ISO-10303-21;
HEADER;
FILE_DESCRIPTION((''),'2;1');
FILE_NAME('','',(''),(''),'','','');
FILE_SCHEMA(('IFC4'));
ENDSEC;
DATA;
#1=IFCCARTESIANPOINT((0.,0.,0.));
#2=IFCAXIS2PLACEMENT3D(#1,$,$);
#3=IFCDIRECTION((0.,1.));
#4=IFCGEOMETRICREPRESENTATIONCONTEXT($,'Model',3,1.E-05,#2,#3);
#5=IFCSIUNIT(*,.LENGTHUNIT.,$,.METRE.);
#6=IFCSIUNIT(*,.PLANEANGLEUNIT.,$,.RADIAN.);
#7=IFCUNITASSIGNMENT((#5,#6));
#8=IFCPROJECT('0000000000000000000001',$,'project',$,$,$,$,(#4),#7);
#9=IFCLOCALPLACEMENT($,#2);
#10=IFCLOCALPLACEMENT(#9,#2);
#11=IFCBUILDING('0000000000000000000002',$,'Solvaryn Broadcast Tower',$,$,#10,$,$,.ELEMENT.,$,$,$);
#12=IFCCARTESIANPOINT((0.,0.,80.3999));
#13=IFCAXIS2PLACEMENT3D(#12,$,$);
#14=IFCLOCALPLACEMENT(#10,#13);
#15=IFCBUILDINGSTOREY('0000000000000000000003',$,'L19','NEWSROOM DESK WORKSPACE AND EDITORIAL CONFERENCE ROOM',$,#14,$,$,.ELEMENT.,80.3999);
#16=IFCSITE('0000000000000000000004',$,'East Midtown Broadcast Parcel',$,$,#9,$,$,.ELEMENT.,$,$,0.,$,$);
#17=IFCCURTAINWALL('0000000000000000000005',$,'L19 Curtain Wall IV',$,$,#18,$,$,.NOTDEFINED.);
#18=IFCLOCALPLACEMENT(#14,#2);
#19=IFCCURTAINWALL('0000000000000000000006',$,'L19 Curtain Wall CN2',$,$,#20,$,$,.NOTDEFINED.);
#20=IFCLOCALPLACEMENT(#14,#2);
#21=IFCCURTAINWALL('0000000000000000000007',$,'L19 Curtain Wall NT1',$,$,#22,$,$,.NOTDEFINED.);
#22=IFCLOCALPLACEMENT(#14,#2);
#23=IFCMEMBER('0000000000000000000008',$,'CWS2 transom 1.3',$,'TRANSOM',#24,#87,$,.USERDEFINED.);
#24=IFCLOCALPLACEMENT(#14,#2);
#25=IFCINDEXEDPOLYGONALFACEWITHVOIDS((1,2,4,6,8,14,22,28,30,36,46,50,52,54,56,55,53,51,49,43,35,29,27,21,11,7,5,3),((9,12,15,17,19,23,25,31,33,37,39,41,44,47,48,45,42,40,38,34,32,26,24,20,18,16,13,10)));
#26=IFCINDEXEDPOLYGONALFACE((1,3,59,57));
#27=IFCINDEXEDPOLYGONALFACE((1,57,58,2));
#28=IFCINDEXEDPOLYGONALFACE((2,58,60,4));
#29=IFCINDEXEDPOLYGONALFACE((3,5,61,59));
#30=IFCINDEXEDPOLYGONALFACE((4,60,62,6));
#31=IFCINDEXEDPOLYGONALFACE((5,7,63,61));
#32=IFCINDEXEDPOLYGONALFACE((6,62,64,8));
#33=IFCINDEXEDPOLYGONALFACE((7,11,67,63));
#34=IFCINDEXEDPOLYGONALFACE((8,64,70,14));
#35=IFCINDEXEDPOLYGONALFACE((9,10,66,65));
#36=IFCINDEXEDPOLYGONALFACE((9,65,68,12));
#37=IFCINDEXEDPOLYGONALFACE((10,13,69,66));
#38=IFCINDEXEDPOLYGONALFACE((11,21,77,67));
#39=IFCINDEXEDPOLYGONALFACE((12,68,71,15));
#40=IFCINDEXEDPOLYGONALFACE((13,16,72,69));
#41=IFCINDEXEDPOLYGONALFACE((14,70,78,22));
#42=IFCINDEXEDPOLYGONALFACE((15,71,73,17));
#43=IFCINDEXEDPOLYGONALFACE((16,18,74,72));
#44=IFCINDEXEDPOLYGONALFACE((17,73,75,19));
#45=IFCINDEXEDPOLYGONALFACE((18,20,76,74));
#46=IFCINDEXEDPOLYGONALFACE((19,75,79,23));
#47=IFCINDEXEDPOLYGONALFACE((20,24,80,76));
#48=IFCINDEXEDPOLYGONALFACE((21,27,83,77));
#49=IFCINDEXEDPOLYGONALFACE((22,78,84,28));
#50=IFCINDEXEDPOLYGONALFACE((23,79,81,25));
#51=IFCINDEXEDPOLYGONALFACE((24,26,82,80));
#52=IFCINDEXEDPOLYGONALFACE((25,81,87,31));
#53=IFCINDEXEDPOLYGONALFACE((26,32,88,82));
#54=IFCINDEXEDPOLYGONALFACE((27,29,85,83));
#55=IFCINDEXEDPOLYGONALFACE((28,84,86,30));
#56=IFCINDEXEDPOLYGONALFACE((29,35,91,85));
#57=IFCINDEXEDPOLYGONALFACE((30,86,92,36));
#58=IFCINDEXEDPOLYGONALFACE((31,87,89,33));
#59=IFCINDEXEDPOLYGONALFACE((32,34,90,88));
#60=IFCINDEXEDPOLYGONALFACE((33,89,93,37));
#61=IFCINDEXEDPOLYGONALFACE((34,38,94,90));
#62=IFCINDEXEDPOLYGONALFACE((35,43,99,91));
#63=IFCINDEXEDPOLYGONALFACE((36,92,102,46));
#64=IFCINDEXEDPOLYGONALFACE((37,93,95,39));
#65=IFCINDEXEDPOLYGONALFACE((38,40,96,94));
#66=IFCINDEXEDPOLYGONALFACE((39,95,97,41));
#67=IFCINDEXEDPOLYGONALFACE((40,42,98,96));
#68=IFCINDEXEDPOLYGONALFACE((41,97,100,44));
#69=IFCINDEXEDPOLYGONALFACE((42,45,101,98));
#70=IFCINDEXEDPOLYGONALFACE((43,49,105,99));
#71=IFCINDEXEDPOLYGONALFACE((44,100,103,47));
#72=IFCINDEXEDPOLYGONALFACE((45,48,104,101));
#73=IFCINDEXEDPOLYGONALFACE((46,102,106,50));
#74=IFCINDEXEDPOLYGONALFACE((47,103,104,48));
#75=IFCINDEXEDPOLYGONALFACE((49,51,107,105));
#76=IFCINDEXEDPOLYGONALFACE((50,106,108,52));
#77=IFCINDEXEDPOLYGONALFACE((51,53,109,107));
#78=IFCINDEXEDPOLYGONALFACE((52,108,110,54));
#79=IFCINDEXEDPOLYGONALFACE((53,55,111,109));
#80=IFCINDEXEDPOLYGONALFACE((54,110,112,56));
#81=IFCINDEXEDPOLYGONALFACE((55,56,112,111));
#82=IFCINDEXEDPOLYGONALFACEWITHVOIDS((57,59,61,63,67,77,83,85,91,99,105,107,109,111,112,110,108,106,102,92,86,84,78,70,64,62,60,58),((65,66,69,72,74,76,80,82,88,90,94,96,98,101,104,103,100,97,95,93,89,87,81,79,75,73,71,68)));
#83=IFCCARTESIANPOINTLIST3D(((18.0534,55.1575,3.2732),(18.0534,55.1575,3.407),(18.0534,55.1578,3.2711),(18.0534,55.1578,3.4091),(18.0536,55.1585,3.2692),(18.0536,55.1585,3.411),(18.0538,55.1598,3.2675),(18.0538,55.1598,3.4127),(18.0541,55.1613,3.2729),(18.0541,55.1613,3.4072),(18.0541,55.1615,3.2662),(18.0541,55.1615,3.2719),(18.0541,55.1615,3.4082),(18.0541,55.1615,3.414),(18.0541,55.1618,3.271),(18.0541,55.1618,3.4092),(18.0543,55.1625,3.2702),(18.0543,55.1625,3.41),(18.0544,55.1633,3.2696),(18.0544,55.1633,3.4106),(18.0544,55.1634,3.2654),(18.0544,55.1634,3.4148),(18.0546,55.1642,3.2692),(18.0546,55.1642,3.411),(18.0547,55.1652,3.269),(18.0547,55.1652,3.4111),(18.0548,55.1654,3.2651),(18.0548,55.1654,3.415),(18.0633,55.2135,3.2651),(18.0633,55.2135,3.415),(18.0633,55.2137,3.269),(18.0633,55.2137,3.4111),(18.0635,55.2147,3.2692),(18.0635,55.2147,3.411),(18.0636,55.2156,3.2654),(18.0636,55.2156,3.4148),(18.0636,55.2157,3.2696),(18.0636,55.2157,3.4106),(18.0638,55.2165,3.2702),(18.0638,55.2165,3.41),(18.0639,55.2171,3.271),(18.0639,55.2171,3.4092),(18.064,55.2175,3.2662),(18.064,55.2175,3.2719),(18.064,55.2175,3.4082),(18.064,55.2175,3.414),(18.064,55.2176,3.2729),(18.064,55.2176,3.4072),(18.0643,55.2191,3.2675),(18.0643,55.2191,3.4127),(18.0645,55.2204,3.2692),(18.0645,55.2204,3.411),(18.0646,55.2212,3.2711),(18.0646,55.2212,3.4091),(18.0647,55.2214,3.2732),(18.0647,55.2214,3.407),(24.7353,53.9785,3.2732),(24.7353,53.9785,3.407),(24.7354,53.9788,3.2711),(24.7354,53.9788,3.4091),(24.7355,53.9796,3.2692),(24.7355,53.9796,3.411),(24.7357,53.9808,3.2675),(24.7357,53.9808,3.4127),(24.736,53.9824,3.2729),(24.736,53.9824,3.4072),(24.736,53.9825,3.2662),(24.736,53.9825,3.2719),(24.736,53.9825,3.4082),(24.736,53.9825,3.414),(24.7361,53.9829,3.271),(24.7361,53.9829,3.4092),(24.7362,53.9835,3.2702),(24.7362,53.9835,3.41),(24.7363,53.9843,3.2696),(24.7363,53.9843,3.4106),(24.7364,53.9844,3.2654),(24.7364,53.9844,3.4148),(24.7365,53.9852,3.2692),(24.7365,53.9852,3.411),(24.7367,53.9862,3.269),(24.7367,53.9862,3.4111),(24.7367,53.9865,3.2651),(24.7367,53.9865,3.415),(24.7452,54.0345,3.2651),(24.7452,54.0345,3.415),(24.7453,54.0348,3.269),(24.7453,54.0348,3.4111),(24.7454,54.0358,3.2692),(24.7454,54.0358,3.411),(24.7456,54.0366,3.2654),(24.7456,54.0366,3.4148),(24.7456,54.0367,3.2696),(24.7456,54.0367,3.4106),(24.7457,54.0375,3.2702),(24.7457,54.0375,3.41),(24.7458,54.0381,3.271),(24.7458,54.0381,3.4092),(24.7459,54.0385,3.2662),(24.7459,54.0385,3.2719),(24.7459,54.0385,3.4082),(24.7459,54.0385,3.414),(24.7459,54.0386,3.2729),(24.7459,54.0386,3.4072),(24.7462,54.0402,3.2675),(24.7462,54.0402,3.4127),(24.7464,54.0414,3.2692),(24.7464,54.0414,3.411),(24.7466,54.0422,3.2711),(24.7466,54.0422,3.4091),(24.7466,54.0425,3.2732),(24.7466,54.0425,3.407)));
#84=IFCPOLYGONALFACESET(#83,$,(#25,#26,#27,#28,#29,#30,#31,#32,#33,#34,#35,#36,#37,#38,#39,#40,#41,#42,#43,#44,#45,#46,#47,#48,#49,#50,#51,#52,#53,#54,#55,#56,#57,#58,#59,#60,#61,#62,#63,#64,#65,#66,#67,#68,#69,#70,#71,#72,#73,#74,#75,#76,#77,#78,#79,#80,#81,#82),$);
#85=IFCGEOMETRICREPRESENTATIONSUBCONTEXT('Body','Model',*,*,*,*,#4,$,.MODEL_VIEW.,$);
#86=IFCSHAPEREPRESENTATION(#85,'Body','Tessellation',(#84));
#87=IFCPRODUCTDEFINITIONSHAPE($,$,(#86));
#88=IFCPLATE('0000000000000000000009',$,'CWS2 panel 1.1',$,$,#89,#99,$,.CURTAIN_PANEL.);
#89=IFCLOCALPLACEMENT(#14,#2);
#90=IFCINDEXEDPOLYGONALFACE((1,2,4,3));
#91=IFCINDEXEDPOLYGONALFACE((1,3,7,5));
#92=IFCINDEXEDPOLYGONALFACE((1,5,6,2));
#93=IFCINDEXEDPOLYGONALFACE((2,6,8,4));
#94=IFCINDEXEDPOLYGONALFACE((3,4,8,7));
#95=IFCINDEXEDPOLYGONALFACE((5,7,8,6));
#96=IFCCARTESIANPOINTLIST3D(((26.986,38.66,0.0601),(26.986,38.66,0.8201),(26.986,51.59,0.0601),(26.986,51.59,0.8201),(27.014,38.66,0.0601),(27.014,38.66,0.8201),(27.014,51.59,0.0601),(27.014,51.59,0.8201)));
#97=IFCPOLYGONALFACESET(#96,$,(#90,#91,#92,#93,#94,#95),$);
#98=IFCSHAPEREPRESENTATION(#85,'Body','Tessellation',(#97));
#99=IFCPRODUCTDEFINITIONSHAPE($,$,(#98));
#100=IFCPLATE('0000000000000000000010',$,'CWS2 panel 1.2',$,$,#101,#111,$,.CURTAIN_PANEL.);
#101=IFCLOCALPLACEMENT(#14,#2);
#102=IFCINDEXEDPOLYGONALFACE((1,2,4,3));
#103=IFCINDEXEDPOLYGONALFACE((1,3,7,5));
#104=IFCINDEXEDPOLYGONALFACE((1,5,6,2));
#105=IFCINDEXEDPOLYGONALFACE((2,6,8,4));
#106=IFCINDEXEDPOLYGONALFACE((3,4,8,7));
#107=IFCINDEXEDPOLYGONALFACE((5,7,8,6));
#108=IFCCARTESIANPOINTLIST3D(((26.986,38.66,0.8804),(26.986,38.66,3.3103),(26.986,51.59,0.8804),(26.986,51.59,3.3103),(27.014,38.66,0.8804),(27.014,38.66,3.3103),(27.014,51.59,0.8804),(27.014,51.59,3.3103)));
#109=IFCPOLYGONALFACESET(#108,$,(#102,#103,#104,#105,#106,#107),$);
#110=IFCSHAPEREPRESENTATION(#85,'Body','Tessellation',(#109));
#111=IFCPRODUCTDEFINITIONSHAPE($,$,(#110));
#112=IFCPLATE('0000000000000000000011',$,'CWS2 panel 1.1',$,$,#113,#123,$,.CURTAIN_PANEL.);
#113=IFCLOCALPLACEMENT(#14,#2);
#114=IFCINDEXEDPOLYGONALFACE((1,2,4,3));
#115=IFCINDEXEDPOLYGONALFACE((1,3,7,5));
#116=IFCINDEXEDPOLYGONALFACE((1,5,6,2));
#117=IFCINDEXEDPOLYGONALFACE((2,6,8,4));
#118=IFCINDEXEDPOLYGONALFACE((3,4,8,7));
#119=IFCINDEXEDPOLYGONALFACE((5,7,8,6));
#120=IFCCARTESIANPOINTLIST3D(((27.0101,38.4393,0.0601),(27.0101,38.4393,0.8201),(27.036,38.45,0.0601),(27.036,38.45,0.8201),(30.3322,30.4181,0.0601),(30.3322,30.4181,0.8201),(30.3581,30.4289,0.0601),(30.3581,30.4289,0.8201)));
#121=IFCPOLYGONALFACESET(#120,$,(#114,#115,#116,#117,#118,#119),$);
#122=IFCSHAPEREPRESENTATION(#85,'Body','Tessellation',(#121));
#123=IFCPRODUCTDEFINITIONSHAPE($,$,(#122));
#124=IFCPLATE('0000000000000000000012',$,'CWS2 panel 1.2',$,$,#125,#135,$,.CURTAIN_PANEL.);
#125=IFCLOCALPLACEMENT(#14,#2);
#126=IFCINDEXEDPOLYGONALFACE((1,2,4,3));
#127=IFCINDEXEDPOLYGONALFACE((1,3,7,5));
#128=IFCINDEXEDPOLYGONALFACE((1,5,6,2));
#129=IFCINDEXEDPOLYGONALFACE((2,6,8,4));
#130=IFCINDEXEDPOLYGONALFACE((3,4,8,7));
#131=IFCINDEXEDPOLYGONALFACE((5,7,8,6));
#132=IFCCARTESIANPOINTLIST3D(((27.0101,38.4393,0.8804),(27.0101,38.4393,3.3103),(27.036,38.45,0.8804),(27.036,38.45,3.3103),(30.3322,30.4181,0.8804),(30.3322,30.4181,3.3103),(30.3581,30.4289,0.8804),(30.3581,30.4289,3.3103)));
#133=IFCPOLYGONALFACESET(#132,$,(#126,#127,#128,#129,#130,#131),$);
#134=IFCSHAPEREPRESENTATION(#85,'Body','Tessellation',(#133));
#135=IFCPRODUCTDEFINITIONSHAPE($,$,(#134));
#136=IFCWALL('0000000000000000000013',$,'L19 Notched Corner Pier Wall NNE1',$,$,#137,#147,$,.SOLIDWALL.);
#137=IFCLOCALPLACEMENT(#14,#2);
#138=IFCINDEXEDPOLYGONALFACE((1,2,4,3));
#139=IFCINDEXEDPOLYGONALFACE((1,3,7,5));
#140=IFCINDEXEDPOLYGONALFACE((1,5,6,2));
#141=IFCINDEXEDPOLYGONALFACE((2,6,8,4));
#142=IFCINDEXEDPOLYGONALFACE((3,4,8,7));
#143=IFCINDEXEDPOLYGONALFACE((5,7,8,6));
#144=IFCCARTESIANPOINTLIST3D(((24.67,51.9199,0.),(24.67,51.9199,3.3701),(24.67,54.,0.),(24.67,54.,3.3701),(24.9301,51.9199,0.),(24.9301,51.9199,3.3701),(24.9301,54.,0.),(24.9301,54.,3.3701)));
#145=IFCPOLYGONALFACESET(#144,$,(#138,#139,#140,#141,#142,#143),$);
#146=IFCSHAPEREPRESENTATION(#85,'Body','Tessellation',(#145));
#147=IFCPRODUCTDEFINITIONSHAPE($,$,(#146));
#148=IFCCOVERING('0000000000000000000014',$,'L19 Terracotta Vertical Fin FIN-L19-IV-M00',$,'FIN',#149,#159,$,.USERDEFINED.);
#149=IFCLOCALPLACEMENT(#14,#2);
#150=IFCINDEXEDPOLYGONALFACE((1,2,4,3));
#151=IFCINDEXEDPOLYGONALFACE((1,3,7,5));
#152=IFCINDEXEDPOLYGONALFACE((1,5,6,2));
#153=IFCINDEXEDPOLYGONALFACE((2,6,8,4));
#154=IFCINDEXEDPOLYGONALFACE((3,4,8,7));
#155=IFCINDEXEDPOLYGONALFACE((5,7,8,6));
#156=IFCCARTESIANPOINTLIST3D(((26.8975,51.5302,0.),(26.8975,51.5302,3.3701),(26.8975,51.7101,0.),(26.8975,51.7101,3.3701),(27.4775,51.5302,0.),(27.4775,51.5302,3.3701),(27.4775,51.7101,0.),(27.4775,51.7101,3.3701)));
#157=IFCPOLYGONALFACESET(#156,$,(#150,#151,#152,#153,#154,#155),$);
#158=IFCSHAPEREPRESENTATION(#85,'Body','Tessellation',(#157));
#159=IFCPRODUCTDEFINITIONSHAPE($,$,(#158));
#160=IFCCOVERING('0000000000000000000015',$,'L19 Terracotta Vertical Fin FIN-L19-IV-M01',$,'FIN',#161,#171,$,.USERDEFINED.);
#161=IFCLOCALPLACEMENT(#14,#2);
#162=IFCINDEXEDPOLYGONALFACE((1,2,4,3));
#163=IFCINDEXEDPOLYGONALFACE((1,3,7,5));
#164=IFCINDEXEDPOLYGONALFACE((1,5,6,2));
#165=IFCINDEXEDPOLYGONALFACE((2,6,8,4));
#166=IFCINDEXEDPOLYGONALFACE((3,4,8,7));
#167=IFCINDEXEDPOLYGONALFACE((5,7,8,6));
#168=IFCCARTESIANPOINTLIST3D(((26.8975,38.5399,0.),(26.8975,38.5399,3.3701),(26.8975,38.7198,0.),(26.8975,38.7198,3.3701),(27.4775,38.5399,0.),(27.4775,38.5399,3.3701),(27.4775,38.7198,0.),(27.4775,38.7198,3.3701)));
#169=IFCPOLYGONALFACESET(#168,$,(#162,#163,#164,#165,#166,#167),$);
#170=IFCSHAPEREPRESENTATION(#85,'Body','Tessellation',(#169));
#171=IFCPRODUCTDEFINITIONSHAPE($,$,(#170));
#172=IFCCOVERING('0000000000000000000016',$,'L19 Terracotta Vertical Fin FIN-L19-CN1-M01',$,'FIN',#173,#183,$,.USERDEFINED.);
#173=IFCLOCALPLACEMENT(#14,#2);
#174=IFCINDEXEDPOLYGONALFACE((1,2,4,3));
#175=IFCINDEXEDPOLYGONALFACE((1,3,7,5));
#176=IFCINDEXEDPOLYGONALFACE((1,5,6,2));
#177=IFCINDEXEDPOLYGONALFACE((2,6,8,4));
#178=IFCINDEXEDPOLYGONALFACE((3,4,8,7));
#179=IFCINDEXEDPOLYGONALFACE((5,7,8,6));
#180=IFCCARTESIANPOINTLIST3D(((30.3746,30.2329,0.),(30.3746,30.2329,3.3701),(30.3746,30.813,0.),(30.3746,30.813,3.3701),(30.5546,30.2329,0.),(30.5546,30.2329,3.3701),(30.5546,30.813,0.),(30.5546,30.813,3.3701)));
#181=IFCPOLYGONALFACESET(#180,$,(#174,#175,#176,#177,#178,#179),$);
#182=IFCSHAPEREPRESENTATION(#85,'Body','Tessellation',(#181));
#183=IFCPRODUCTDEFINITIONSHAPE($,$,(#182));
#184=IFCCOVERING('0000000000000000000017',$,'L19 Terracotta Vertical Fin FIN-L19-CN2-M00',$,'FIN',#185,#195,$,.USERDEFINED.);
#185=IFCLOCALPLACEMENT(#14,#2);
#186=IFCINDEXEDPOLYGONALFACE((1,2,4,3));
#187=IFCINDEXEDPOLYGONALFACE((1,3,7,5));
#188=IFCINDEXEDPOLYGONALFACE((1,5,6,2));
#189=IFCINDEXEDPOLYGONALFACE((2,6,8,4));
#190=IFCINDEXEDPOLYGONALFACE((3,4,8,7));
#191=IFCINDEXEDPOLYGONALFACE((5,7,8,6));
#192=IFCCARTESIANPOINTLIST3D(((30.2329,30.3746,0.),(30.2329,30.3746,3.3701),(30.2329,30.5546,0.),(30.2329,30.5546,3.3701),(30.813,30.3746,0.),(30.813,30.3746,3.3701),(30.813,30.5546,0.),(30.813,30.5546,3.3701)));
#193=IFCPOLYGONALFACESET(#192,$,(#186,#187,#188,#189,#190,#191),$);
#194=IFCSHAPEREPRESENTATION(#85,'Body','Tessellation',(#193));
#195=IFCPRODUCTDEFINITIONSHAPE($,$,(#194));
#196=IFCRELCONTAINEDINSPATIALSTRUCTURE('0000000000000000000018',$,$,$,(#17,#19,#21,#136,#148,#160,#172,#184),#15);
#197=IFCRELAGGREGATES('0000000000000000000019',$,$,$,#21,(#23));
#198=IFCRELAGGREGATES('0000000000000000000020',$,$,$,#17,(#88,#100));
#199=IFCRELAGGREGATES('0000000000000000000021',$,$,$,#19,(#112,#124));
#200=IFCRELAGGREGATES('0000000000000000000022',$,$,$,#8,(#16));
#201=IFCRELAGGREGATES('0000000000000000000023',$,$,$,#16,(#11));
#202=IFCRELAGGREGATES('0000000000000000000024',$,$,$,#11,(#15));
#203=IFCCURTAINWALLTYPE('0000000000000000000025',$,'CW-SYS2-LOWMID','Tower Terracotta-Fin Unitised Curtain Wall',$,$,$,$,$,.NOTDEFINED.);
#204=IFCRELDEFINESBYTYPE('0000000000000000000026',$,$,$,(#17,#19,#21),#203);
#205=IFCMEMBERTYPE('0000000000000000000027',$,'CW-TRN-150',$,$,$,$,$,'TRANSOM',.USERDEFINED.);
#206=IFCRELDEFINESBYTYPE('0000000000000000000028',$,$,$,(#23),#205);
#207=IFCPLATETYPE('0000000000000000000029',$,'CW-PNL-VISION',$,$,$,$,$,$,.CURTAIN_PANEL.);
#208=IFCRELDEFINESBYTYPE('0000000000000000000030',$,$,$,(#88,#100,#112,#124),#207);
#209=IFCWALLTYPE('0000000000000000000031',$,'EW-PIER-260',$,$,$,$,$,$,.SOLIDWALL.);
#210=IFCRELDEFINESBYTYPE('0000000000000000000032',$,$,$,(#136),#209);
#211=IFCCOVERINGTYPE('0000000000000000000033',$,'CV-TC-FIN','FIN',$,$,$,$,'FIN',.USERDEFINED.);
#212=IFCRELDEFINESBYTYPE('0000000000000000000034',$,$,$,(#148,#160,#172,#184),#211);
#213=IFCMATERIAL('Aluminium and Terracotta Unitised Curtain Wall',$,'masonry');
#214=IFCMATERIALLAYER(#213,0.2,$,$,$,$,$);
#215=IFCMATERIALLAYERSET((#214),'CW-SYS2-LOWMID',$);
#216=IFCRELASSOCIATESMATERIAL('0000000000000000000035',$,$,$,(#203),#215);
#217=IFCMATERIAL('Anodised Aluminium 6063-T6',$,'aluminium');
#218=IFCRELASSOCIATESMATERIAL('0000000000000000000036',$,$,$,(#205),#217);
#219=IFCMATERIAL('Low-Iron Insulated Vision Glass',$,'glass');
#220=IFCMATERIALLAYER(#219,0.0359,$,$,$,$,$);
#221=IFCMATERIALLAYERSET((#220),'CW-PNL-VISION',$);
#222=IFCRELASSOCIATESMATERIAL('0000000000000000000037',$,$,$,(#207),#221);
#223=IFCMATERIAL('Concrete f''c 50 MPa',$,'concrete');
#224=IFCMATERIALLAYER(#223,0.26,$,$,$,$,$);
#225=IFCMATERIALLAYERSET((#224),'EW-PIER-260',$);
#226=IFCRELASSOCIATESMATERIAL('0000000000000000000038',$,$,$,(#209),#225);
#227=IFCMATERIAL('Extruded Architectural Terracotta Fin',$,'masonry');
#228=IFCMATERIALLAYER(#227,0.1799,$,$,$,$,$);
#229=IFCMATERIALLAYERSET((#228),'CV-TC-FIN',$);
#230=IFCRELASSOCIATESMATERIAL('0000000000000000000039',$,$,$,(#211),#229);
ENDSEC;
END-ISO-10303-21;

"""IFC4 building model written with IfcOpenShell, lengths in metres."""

from ifc_helpers import new_model, si_unit, direction, frame, frame_2d, origin, origin_2d, place, context, subcontext, project, spatial, rectangle, hollow_rectangle, extrude, material, layer, layer_set, material_profile, profile_set, type_object, element, aggregate, save


model = new_model("IFC4")

# Units and contexts
model_context = context("Model", 3, precision=1e-05, world=origin(), true_north=direction((0.0, 1.0)))
body_context = subcontext(model_context, "Body", "Model", "MODEL_VIEW")
ifc_project = project(units=[si_unit("LENGTHUNIT", "METRE"), si_unit("PLANEANGLEUNIT", "RADIAN")], contexts=[model_context])

# Site, building, storey
site_placement = place(None, origin())
site = spatial("IfcSite", under=ifc_project, at=site_placement, Name="East Midtown Broadcast Parcel", CompositionType="ELEMENT", RefElevation=0.0)
building_placement = place(site_placement, origin())
building = spatial("IfcBuilding", under=site, at=building_placement, Name="Solvaryn Broadcast Tower", CompositionType="ELEMENT")
storey_placement = place(building_placement, frame((0.0, 0.0, 80.3999)))
storey = spatial("IfcBuildingStorey", under=building, at=storey_placement, Name="L19", Description="NEWSROOM DESK WORKSPACE AND EDITORIAL CONFERENCE ROOM", CompositionType="ELEMENT", Elevation=80.3999)

# Curtain wall
ifc_material_1 = material(Name="Aluminium and Terracotta Unitised Curtain Wall", Category="masonry")
ifc_layer_1 = layer(ifc_material_1, 0.2)
ifc_layer_set_1 = layer_set([ifc_layer_1], Name="CW-SYS2-LOWMID")
curtain_wall_type = type_object("IfcCurtainWallType", Name="CW-SYS2-LOWMID", Description="Tower Terracotta-Fin Unitised Curtain Wall", PredefinedType="NOTDEFINED", material=ifc_layer_set_1)
curtain_wall_1_placement = place(storey_placement, origin())
curtain_wall_1 = element("IfcCurtainWall", 1, at=curtain_wall_1_placement, inside=storey, type_object=curtain_wall_type, Name="L19 Curtain Wall IV", PredefinedType="NOTDEFINED")

# Curtain walls
curtain_wall_2_placement = place(storey_placement, origin())
curtain_wall_2 = element("IfcCurtainWall", 2, at=curtain_wall_2_placement, inside=storey, type_object=curtain_wall_type, Name="L19 Curtain Wall CN2", PredefinedType="NOTDEFINED")
curtain_wall_3_placement = place(storey_placement, origin())
curtain_wall_3 = element("IfcCurtainWall", 3, at=curtain_wall_3_placement, inside=storey, type_object=curtain_wall_type, Name="L19 Curtain Wall NT1", PredefinedType="NOTDEFINED")

# Member
ifc_material_2 = material(Name="Anodised Aluminium 6063-T6", Category="aluminium")
ifc_material_profile_1 = material_profile(ifc_material_2, hollow_rectangle(XDim=0.0649, YDim=0.1499, WallThickness=0.0039, InnerFilletRadius=0.0039, OuterFilletRadius=0.0081, at=origin_2d()))
ifc_profile_set_1 = profile_set([ifc_material_profile_1], Name="Anodised Aluminium 6063-T6")
member_type_1 = type_object("IfcMemberType", Name="CW-TRN-150", ElementType="TRANSOM", PredefinedType="USERDEFINED", material=ifc_profile_set_1)
member_1_placement = place(storey_placement, frame((24.741, 54.0105, 3.3401), z_axis=(-0.984789, 0.173757, 0.0), x_axis=(-0.173757, -0.984789, 0.0)))
member_1 = element("IfcMember", 4, at=member_1_placement, type_object=member_type_1, Name="CWS2 transom 1.3", ObjectType="TRANSOM", PredefinedType="USERDEFINED", context=body_context, shape_type="SweptSolid", body=[
    extrude(hollow_rectangle(XDim=0.0649, YDim=0.1499, WallThickness=0.0039, InnerFilletRadius=0.0039, OuterFilletRadius=0.0081, at=origin_2d()), origin(), (0.0, 0.0, 1.0), 6.7852),
])
aggregate(curtain_wall_3, [member_1])

# Plates
ifc_material_3 = material(Name="Low-Iron Insulated Vision Glass", Category="glass")
ifc_layer_2 = layer(ifc_material_3, 0.0359)
ifc_layer_set_2 = layer_set([ifc_layer_2], Name="CW-PNL-VISION")
plate_type = type_object("IfcPlateType", Name="CW-PNL-VISION", PredefinedType="CURTAIN_PANEL", material=ifc_layer_set_2)
plate_1_placement = place(storey_placement, frame((27.0, 45.125, 0.0601), z_axis=(0.0, 0.0, 1.0), x_axis=(0.0, -1.0, 0.0)))
plate_1 = element("IfcPlate", 5, at=plate_1_placement, type_object=plate_type, Name="CWS2 panel 1.1", PredefinedType="CURTAIN_PANEL", context=body_context, shape_type="SweptSolid", body=[
    extrude(rectangle(XDim=12.9299, YDim=0.0281, at=origin_2d()), origin(), (0.0, 0.0, 1.0), 0.76),
])
plate_2_placement = place(storey_placement, frame((27.0, 45.125, 0.8804), z_axis=(0.0, 0.0, 1.0), x_axis=(0.0, -1.0, 0.0)))
plate_2 = element("IfcPlate", 6, at=plate_2_placement, type_object=plate_type, Name="CWS2 panel 1.2", PredefinedType="CURTAIN_PANEL", context=body_context, shape_type="SweptSolid", body=[
    extrude(rectangle(XDim=12.9299, YDim=0.0281, at=origin_2d()), origin(), (0.0, 0.0, 1.0), 2.4299),
])
aggregate(curtain_wall_1, [plate_1, plate_2])
plate_3_placement = place(storey_placement, frame((28.6841, 34.4341, 0.0601), z_axis=(0.0, 0.0, 1.0), x_axis=(-0.382646, 0.923895, 0.0)))
plate_3 = element("IfcPlate", 7, at=plate_3_placement, type_object=plate_type, Name="CWS2 panel 1.1", PredefinedType="CURTAIN_PANEL", context=body_context, shape_type="SweptSolid", body=[
    extrude(rectangle(XDim=8.6819, YDim=0.0281, at=origin_2d()), origin(), (0.0, 0.0, 1.0), 0.76),
])
plate_4_placement = place(storey_placement, frame((28.6841, 34.4341, 0.8804), z_axis=(0.0, 0.0, 1.0), x_axis=(-0.382646, 0.923895, 0.0)))
plate_4 = element("IfcPlate", 8, at=plate_4_placement, type_object=plate_type, Name="CWS2 panel 1.2", PredefinedType="CURTAIN_PANEL", context=body_context, shape_type="SweptSolid", body=[
    extrude(rectangle(XDim=8.6819, YDim=0.0281, at=origin_2d()), origin(), (0.0, 0.0, 1.0), 2.4299),
])
aggregate(curtain_wall_2, [plate_3, plate_4])

# Wall
ifc_material_4 = material(Name="Concrete f'c 50 MPa", Category="concrete")
ifc_layer_3 = layer(ifc_material_4, 0.26)
ifc_layer_set_3 = layer_set([ifc_layer_3], Name="EW-PIER-260")
wall_type_1 = type_object("IfcWallType", Name="EW-PIER-260", PredefinedType="SOLIDWALL", material=ifc_layer_set_3)
wall_1_placement = place(storey_placement, frame((24.8, 54.0, 0.0), z_axis=(0.0, 0.0, 1.0), x_axis=(0.0, -1.0, 0.0)))
element("IfcWall", 9, at=wall_1_placement, inside=storey, type_object=wall_type_1, Name="L19 Notched Corner Pier Wall NNE1", PredefinedType="SOLIDWALL", context=body_context, shape_type="SweptSolid", body=[
    extrude(rectangle(XDim=2.0801, YDim=0.26, at=frame_2d((1.04, 0.0))), origin(), (0.0, 0.0, 1.0), 3.3701),
])

# Coverings
ifc_material_5 = material(Name="Extruded Architectural Terracotta Fin", Category="masonry")
ifc_layer_4 = layer(ifc_material_5, 0.1799)
ifc_layer_set_4 = layer_set([ifc_layer_4], Name="CV-TC-FIN")
covering_type = type_object("IfcCoveringType", Name="CV-TC-FIN", Description="FIN", ElementType="FIN", PredefinedType="USERDEFINED", material=ifc_layer_set_4)
for number, where, z_axis, x_axis, name in (
    (10, (27.1875, 51.6201, 0.0), (0.0, 0.0, 1.0), (1.0, 0.0, 0.0), "L19 Terracotta Vertical Fin FIN-L19-IV-M00"),
    (11, (27.1875, 38.6299, 0.0), (0.0, 0.0, 1.0), (1.0, 0.0, 0.0), "L19 Terracotta Vertical Fin FIN-L19-IV-M01"),
):
    element("IfcCovering", number, at=place(storey_placement, frame(where, z_axis=z_axis, x_axis=x_axis)), inside=storey, type_object=covering_type, Name=name, ObjectType="FIN", PredefinedType="USERDEFINED", context=body_context, shape_type="SweptSolid", body=[
        extrude(rectangle(XDim=0.5801, YDim=0.1799, at=origin_2d()), origin(), (0.0, 0.0, 1.0), 3.3701),
    ])
covering_1_placement = place(storey_placement, frame((30.4646, 30.5229, 0.0), z_axis=(0.0, 0.0, 1.0), x_axis=(1.0, 0.0, 0.0)))
element("IfcCovering", 12, at=covering_1_placement, inside=storey, type_object=covering_type, Name="L19 Terracotta Vertical Fin FIN-L19-CN1-M01", ObjectType="FIN", PredefinedType="USERDEFINED", context=body_context, shape_type="SweptSolid", body=[
    extrude(rectangle(XDim=0.1799, YDim=0.5801, at=origin_2d()), origin(), (0.0, 0.0, 1.0), 3.3701),
])
for number, where, z_axis, x_axis, name in (
    (13, (30.5229, 30.4646, 0.0), (0.0, 0.0, 1.0), (1.0, 0.0, 0.0), "L19 Terracotta Vertical Fin FIN-L19-CN2-M00"),
):
    element("IfcCovering", number, at=place(storey_placement, frame(where, z_axis=z_axis, x_axis=x_axis)), inside=storey, type_object=covering_type, Name=name, ObjectType="FIN", PredefinedType="USERDEFINED", context=body_context, shape_type="SweptSolid", body=[
        extrude(rectangle(XDim=0.5801, YDim=0.1799, at=origin_2d()), origin(), (0.0, 0.0, 1.0), 3.3701),
    ])

save(model, "model.ifc")
